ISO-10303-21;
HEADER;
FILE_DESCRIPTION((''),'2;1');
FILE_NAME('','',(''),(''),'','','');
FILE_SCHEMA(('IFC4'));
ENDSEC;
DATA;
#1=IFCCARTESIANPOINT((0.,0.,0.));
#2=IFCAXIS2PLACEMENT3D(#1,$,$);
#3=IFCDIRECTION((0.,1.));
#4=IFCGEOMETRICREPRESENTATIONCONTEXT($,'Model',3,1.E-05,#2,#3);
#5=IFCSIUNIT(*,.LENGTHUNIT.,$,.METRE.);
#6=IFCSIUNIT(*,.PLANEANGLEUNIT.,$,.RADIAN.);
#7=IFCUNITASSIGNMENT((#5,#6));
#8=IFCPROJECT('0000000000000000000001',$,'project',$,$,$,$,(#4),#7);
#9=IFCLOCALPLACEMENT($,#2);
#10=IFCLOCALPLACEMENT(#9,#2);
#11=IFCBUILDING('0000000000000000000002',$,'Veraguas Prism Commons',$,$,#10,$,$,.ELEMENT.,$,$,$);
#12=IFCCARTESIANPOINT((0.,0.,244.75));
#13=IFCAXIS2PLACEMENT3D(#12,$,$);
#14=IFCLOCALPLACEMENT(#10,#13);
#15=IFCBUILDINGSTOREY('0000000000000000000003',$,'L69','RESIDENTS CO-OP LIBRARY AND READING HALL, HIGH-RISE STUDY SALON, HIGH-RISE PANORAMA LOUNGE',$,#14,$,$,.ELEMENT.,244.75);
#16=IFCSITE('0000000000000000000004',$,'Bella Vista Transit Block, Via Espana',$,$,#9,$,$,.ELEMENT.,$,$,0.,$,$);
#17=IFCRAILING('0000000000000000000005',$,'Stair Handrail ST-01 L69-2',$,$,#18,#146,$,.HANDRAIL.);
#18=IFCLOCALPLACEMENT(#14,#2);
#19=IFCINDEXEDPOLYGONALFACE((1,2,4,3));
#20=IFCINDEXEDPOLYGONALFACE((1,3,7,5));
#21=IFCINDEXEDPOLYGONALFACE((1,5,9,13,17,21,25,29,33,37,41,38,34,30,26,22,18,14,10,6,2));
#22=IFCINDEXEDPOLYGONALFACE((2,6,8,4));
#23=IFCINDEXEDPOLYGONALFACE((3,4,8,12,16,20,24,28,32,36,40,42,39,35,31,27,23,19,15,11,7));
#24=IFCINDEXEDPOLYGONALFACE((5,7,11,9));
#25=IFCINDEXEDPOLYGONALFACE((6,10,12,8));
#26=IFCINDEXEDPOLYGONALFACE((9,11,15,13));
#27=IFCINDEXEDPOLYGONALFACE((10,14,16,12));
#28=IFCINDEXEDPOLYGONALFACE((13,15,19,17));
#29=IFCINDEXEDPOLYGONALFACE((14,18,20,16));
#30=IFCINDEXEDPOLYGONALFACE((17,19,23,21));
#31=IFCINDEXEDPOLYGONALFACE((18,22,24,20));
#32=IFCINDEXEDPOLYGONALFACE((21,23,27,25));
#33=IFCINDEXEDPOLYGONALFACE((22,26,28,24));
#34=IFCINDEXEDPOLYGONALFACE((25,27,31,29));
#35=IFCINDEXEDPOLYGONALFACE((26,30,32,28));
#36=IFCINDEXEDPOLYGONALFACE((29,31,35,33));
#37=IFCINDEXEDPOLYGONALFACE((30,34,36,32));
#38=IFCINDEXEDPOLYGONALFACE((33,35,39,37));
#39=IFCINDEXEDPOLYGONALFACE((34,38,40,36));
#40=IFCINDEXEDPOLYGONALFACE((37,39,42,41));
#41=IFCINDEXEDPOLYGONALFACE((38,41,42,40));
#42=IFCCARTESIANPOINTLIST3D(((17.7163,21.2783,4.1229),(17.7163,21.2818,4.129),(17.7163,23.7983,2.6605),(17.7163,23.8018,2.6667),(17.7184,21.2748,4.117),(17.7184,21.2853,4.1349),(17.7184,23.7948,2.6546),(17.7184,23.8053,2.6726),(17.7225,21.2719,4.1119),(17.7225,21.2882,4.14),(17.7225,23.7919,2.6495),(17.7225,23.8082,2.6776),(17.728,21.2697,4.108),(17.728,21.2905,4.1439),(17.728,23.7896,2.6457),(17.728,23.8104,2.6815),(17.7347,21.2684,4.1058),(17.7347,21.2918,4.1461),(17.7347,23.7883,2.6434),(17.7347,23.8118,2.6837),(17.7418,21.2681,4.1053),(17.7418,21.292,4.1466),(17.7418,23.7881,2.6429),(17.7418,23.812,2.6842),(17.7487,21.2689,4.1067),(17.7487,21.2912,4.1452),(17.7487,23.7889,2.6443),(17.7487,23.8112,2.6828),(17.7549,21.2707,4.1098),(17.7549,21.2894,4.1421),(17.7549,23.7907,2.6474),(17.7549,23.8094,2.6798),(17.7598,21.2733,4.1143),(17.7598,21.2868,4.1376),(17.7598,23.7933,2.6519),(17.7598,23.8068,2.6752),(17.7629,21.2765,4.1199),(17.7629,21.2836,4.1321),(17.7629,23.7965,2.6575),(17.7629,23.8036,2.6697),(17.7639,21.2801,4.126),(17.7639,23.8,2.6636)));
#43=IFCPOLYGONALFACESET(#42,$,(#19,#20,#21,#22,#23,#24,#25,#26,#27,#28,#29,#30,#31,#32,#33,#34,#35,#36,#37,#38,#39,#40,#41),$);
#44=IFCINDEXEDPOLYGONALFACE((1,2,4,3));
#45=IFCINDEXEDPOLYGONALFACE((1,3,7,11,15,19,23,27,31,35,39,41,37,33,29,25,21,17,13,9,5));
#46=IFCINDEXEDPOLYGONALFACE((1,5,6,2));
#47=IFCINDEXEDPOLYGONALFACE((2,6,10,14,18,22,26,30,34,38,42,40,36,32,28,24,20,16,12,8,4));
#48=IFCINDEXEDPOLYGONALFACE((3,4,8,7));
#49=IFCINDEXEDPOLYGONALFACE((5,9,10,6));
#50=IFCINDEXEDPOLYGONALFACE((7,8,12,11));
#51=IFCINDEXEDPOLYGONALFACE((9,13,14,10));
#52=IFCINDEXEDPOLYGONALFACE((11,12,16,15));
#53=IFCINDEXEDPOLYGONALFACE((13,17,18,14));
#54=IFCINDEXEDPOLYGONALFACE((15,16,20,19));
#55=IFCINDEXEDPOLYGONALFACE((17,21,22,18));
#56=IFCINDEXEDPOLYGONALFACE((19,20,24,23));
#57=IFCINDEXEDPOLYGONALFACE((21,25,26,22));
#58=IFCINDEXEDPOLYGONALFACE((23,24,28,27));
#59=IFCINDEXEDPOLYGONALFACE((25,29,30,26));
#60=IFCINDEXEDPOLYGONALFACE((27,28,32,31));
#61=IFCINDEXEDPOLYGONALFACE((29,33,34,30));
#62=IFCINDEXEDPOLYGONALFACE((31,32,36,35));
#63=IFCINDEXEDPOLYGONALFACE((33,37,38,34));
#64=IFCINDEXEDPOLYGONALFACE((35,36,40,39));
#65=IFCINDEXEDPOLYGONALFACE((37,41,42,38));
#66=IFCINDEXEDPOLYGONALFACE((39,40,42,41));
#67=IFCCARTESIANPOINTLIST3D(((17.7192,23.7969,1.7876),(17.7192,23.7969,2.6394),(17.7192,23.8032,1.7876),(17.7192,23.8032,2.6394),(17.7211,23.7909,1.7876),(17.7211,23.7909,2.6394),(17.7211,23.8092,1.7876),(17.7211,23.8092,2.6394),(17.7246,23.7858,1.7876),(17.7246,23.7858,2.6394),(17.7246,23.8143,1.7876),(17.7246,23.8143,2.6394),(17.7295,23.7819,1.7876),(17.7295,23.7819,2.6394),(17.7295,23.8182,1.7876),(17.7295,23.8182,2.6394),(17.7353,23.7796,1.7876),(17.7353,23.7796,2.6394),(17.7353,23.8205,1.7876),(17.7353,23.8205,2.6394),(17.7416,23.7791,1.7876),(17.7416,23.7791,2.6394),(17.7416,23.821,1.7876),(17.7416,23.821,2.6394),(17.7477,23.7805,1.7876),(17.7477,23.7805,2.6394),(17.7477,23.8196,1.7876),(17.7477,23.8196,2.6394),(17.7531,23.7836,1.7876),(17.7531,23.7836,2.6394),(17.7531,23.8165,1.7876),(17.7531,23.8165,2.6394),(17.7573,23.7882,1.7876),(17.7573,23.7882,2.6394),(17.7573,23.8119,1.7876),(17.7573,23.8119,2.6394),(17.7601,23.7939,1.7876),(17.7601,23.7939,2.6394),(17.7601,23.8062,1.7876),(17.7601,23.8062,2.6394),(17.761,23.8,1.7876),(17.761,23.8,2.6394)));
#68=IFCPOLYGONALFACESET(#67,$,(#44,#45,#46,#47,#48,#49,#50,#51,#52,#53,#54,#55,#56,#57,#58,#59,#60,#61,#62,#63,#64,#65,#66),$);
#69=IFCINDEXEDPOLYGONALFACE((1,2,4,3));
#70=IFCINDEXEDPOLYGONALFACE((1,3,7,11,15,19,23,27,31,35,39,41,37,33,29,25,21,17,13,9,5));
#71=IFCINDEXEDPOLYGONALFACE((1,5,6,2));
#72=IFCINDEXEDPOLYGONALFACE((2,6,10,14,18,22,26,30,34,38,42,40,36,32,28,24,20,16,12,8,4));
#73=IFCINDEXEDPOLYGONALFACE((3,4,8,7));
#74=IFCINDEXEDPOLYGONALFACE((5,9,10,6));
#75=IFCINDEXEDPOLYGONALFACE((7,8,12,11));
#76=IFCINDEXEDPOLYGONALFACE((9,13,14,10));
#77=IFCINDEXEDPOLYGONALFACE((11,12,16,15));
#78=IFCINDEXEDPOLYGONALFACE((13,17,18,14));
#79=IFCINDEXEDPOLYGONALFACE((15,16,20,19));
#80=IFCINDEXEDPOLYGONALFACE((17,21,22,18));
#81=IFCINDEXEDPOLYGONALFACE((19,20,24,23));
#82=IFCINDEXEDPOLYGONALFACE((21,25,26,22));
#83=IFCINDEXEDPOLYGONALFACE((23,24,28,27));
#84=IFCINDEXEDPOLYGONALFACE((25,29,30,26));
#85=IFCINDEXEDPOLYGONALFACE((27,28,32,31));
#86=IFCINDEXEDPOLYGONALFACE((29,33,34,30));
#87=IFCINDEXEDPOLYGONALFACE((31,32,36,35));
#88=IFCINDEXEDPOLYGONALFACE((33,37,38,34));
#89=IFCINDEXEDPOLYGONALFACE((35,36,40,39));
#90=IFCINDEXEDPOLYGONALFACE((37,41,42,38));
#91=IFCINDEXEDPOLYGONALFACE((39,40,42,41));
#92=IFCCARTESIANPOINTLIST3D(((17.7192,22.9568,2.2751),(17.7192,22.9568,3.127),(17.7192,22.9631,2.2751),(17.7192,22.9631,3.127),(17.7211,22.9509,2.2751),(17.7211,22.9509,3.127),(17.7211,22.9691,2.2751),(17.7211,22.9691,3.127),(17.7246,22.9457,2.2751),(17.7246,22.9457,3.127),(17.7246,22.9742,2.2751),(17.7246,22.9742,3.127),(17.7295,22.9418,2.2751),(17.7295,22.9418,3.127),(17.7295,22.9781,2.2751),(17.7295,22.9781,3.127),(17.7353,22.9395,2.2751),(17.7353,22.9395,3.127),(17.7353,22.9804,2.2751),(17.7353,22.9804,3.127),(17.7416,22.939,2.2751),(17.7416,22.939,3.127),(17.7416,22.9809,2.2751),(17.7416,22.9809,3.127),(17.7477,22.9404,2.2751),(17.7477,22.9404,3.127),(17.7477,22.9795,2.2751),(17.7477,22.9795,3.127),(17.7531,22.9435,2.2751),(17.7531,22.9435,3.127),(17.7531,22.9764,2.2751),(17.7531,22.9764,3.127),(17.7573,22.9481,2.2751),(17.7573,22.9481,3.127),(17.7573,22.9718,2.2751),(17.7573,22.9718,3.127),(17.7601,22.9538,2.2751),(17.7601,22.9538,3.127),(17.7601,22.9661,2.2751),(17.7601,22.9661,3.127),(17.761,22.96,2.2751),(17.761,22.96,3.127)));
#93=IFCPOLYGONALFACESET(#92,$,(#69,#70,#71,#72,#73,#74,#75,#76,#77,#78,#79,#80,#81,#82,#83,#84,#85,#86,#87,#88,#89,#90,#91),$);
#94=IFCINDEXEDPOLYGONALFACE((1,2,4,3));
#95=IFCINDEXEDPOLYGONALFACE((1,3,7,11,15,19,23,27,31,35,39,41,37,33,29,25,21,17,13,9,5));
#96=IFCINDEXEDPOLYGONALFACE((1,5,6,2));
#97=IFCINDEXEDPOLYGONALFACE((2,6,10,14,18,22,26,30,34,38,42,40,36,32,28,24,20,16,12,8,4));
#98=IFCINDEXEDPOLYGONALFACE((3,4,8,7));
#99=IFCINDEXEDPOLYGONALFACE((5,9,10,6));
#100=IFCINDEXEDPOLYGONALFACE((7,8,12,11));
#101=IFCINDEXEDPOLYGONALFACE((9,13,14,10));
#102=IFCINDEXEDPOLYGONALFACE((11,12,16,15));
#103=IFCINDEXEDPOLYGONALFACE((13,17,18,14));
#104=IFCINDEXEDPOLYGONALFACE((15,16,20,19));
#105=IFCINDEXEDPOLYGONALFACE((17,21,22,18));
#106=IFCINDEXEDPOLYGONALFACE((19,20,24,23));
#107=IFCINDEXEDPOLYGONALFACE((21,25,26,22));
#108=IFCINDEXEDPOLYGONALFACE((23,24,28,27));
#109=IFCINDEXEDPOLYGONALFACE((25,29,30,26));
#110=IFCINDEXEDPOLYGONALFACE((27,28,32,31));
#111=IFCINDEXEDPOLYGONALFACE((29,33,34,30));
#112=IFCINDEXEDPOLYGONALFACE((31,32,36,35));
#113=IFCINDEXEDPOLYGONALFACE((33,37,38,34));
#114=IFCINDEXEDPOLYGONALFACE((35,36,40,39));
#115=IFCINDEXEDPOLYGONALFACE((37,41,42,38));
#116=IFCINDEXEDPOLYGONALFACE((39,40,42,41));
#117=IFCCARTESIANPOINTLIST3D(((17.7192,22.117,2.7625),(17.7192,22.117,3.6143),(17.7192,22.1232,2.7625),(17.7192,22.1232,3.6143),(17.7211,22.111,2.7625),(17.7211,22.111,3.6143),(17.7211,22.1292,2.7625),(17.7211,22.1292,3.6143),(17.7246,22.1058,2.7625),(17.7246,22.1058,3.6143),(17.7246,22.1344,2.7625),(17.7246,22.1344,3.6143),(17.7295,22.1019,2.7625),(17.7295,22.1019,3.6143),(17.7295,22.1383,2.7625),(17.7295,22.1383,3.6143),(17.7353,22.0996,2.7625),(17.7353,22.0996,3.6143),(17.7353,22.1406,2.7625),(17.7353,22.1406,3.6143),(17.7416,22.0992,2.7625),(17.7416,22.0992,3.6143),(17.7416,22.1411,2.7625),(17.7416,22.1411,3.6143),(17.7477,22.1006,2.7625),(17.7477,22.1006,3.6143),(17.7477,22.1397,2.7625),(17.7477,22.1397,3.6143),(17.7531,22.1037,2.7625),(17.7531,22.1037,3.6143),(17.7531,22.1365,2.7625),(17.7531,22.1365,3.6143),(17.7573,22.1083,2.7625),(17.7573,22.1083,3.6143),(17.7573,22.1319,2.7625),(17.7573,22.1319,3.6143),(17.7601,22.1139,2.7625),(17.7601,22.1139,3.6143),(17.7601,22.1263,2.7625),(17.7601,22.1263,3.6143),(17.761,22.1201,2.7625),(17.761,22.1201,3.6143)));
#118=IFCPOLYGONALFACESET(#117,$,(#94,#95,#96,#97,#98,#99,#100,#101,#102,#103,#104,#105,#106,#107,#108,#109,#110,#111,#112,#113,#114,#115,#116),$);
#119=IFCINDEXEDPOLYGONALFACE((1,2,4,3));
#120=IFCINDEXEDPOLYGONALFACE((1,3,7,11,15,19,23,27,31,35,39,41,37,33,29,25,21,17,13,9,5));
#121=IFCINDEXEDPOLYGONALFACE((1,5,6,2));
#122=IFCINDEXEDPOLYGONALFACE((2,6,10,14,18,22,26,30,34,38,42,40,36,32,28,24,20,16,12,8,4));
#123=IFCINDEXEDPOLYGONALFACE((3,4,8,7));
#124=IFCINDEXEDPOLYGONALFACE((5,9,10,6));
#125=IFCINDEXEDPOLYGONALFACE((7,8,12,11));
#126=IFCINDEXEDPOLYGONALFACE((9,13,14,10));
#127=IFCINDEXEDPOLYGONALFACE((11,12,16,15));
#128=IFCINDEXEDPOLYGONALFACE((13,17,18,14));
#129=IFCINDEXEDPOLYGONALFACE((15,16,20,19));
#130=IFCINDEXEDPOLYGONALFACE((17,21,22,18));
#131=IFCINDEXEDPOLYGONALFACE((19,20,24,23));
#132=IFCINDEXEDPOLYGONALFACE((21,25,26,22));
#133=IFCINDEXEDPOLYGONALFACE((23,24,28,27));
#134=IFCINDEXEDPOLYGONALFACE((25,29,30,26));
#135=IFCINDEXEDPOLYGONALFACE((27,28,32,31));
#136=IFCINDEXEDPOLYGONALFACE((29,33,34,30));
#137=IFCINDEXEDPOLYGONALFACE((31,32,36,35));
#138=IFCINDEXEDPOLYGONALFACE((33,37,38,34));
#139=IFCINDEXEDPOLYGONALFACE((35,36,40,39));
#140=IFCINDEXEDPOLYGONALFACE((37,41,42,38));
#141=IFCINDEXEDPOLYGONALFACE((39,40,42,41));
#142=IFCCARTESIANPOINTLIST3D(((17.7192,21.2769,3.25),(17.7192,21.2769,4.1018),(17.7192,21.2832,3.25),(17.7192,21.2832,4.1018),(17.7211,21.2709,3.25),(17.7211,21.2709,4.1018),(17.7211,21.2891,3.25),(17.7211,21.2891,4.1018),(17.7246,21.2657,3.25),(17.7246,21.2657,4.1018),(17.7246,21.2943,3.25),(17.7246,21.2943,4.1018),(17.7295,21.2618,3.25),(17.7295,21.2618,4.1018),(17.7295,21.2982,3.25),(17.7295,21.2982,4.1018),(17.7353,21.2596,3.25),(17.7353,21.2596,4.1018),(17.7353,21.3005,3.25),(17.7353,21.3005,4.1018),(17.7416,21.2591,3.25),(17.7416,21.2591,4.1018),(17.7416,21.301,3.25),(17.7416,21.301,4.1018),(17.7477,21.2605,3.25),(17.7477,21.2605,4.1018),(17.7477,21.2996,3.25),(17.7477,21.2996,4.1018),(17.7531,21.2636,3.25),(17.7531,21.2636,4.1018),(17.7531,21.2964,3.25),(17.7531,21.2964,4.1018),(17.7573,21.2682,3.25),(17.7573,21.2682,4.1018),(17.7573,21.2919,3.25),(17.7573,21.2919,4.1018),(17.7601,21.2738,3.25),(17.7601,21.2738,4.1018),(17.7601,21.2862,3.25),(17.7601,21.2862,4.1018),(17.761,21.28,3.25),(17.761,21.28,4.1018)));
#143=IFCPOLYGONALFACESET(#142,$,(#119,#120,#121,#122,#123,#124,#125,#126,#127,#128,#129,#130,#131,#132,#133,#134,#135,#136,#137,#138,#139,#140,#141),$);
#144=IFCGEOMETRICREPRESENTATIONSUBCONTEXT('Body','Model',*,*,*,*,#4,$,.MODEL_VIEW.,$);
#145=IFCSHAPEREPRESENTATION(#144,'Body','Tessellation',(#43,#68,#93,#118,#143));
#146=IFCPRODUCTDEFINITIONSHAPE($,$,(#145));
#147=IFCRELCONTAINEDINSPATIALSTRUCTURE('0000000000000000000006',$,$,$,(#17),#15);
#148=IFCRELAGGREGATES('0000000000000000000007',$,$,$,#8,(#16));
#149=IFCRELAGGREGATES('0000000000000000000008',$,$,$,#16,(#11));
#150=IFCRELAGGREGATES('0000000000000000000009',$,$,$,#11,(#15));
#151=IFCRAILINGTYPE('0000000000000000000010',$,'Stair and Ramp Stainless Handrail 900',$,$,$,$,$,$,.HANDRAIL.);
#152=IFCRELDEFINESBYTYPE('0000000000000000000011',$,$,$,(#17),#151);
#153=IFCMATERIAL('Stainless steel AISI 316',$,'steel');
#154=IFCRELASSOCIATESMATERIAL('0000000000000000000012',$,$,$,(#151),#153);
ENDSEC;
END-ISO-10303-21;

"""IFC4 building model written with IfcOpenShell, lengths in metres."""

from ifc_helpers import new_model, si_unit, direction, frame, origin, origin_2d, place, context, subcontext, project, spatial, circle, extrude, material, type_object, element, save


model = new_model("IFC4")

# Units and contexts
model_context = context("Model", 3, precision=1e-05, world=origin(), true_north=direction((0.0, 1.0)))
body_context = subcontext(model_context, "Body", "Model", "MODEL_VIEW")
ifc_project = project(units=[si_unit("LENGTHUNIT", "METRE"), si_unit("PLANEANGLEUNIT", "RADIAN")], contexts=[model_context])

# Site, building, storey
site_placement = place(None, origin())
site = spatial("IfcSite", under=ifc_project, at=site_placement, Name="Bella Vista Transit Block, Via Espana", CompositionType="ELEMENT", RefElevation=0.0)
building_placement = place(site_placement, origin())
building = spatial("IfcBuilding", under=site, at=building_placement, Name="Veraguas Prism Commons", CompositionType="ELEMENT")
storey_placement = place(building_placement, frame((0.0, 0.0, 244.75)))
storey = spatial("IfcBuildingStorey", under=building, at=storey_placement, Name="L69", Description="RESIDENTS CO-OP LIBRARY AND READING HALL, HIGH-RISE STUDY SALON, HIGH-RISE PANORAMA LOUNGE", CompositionType="ELEMENT", Elevation=244.75)

# Shared definitions
ifc_material_1 = material(Name="Stainless steel AISI 316", Category="steel")

# Railing
railing_type_1 = type_object("IfcRailingType", Name="Stair and Ramp Stainless Handrail 900", PredefinedType="HANDRAIL", material=ifc_material_1)
railing_1_placement = place(storey_placement, frame((17.74, 23.8, 1.7876)))
element("IfcRailing", 1, at=railing_1_placement, inside=storey, type_object=railing_type_1, Name="Stair Handrail ST-01 L69-2", PredefinedType="HANDRAIL", context=body_context, shape_type="SweptSolid", body=[
    extrude(circle(Radius=0.0239, at=origin_2d()), frame((0.0, 0.0, 0.876), z_axis=(0.0, -0.864913, 0.501921), x_axis=(1.0, 0.0, 0.0)), (0.0, 0.0, 1.0), 2.9136),
    extrude(circle(Radius=0.021, at=origin_2d()), origin(), (0.0, 0.0, 1.0), 0.8518),
    extrude(circle(Radius=0.021, at=origin_2d()), frame((0.0, -0.8401, 0.4875)), (0.0, 0.0, 1.0), 0.8518),
    extrude(circle(Radius=0.021, at=origin_2d()), frame((0.0, -1.6799, 0.9749)), (0.0, 0.0, 1.0), 0.8518),
    extrude(circle(Radius=0.021, at=origin_2d()), frame((0.0, -2.52, 1.4624)), (0.0, 0.0, 1.0), 0.8518),
])

save(model, "model.ifc")
